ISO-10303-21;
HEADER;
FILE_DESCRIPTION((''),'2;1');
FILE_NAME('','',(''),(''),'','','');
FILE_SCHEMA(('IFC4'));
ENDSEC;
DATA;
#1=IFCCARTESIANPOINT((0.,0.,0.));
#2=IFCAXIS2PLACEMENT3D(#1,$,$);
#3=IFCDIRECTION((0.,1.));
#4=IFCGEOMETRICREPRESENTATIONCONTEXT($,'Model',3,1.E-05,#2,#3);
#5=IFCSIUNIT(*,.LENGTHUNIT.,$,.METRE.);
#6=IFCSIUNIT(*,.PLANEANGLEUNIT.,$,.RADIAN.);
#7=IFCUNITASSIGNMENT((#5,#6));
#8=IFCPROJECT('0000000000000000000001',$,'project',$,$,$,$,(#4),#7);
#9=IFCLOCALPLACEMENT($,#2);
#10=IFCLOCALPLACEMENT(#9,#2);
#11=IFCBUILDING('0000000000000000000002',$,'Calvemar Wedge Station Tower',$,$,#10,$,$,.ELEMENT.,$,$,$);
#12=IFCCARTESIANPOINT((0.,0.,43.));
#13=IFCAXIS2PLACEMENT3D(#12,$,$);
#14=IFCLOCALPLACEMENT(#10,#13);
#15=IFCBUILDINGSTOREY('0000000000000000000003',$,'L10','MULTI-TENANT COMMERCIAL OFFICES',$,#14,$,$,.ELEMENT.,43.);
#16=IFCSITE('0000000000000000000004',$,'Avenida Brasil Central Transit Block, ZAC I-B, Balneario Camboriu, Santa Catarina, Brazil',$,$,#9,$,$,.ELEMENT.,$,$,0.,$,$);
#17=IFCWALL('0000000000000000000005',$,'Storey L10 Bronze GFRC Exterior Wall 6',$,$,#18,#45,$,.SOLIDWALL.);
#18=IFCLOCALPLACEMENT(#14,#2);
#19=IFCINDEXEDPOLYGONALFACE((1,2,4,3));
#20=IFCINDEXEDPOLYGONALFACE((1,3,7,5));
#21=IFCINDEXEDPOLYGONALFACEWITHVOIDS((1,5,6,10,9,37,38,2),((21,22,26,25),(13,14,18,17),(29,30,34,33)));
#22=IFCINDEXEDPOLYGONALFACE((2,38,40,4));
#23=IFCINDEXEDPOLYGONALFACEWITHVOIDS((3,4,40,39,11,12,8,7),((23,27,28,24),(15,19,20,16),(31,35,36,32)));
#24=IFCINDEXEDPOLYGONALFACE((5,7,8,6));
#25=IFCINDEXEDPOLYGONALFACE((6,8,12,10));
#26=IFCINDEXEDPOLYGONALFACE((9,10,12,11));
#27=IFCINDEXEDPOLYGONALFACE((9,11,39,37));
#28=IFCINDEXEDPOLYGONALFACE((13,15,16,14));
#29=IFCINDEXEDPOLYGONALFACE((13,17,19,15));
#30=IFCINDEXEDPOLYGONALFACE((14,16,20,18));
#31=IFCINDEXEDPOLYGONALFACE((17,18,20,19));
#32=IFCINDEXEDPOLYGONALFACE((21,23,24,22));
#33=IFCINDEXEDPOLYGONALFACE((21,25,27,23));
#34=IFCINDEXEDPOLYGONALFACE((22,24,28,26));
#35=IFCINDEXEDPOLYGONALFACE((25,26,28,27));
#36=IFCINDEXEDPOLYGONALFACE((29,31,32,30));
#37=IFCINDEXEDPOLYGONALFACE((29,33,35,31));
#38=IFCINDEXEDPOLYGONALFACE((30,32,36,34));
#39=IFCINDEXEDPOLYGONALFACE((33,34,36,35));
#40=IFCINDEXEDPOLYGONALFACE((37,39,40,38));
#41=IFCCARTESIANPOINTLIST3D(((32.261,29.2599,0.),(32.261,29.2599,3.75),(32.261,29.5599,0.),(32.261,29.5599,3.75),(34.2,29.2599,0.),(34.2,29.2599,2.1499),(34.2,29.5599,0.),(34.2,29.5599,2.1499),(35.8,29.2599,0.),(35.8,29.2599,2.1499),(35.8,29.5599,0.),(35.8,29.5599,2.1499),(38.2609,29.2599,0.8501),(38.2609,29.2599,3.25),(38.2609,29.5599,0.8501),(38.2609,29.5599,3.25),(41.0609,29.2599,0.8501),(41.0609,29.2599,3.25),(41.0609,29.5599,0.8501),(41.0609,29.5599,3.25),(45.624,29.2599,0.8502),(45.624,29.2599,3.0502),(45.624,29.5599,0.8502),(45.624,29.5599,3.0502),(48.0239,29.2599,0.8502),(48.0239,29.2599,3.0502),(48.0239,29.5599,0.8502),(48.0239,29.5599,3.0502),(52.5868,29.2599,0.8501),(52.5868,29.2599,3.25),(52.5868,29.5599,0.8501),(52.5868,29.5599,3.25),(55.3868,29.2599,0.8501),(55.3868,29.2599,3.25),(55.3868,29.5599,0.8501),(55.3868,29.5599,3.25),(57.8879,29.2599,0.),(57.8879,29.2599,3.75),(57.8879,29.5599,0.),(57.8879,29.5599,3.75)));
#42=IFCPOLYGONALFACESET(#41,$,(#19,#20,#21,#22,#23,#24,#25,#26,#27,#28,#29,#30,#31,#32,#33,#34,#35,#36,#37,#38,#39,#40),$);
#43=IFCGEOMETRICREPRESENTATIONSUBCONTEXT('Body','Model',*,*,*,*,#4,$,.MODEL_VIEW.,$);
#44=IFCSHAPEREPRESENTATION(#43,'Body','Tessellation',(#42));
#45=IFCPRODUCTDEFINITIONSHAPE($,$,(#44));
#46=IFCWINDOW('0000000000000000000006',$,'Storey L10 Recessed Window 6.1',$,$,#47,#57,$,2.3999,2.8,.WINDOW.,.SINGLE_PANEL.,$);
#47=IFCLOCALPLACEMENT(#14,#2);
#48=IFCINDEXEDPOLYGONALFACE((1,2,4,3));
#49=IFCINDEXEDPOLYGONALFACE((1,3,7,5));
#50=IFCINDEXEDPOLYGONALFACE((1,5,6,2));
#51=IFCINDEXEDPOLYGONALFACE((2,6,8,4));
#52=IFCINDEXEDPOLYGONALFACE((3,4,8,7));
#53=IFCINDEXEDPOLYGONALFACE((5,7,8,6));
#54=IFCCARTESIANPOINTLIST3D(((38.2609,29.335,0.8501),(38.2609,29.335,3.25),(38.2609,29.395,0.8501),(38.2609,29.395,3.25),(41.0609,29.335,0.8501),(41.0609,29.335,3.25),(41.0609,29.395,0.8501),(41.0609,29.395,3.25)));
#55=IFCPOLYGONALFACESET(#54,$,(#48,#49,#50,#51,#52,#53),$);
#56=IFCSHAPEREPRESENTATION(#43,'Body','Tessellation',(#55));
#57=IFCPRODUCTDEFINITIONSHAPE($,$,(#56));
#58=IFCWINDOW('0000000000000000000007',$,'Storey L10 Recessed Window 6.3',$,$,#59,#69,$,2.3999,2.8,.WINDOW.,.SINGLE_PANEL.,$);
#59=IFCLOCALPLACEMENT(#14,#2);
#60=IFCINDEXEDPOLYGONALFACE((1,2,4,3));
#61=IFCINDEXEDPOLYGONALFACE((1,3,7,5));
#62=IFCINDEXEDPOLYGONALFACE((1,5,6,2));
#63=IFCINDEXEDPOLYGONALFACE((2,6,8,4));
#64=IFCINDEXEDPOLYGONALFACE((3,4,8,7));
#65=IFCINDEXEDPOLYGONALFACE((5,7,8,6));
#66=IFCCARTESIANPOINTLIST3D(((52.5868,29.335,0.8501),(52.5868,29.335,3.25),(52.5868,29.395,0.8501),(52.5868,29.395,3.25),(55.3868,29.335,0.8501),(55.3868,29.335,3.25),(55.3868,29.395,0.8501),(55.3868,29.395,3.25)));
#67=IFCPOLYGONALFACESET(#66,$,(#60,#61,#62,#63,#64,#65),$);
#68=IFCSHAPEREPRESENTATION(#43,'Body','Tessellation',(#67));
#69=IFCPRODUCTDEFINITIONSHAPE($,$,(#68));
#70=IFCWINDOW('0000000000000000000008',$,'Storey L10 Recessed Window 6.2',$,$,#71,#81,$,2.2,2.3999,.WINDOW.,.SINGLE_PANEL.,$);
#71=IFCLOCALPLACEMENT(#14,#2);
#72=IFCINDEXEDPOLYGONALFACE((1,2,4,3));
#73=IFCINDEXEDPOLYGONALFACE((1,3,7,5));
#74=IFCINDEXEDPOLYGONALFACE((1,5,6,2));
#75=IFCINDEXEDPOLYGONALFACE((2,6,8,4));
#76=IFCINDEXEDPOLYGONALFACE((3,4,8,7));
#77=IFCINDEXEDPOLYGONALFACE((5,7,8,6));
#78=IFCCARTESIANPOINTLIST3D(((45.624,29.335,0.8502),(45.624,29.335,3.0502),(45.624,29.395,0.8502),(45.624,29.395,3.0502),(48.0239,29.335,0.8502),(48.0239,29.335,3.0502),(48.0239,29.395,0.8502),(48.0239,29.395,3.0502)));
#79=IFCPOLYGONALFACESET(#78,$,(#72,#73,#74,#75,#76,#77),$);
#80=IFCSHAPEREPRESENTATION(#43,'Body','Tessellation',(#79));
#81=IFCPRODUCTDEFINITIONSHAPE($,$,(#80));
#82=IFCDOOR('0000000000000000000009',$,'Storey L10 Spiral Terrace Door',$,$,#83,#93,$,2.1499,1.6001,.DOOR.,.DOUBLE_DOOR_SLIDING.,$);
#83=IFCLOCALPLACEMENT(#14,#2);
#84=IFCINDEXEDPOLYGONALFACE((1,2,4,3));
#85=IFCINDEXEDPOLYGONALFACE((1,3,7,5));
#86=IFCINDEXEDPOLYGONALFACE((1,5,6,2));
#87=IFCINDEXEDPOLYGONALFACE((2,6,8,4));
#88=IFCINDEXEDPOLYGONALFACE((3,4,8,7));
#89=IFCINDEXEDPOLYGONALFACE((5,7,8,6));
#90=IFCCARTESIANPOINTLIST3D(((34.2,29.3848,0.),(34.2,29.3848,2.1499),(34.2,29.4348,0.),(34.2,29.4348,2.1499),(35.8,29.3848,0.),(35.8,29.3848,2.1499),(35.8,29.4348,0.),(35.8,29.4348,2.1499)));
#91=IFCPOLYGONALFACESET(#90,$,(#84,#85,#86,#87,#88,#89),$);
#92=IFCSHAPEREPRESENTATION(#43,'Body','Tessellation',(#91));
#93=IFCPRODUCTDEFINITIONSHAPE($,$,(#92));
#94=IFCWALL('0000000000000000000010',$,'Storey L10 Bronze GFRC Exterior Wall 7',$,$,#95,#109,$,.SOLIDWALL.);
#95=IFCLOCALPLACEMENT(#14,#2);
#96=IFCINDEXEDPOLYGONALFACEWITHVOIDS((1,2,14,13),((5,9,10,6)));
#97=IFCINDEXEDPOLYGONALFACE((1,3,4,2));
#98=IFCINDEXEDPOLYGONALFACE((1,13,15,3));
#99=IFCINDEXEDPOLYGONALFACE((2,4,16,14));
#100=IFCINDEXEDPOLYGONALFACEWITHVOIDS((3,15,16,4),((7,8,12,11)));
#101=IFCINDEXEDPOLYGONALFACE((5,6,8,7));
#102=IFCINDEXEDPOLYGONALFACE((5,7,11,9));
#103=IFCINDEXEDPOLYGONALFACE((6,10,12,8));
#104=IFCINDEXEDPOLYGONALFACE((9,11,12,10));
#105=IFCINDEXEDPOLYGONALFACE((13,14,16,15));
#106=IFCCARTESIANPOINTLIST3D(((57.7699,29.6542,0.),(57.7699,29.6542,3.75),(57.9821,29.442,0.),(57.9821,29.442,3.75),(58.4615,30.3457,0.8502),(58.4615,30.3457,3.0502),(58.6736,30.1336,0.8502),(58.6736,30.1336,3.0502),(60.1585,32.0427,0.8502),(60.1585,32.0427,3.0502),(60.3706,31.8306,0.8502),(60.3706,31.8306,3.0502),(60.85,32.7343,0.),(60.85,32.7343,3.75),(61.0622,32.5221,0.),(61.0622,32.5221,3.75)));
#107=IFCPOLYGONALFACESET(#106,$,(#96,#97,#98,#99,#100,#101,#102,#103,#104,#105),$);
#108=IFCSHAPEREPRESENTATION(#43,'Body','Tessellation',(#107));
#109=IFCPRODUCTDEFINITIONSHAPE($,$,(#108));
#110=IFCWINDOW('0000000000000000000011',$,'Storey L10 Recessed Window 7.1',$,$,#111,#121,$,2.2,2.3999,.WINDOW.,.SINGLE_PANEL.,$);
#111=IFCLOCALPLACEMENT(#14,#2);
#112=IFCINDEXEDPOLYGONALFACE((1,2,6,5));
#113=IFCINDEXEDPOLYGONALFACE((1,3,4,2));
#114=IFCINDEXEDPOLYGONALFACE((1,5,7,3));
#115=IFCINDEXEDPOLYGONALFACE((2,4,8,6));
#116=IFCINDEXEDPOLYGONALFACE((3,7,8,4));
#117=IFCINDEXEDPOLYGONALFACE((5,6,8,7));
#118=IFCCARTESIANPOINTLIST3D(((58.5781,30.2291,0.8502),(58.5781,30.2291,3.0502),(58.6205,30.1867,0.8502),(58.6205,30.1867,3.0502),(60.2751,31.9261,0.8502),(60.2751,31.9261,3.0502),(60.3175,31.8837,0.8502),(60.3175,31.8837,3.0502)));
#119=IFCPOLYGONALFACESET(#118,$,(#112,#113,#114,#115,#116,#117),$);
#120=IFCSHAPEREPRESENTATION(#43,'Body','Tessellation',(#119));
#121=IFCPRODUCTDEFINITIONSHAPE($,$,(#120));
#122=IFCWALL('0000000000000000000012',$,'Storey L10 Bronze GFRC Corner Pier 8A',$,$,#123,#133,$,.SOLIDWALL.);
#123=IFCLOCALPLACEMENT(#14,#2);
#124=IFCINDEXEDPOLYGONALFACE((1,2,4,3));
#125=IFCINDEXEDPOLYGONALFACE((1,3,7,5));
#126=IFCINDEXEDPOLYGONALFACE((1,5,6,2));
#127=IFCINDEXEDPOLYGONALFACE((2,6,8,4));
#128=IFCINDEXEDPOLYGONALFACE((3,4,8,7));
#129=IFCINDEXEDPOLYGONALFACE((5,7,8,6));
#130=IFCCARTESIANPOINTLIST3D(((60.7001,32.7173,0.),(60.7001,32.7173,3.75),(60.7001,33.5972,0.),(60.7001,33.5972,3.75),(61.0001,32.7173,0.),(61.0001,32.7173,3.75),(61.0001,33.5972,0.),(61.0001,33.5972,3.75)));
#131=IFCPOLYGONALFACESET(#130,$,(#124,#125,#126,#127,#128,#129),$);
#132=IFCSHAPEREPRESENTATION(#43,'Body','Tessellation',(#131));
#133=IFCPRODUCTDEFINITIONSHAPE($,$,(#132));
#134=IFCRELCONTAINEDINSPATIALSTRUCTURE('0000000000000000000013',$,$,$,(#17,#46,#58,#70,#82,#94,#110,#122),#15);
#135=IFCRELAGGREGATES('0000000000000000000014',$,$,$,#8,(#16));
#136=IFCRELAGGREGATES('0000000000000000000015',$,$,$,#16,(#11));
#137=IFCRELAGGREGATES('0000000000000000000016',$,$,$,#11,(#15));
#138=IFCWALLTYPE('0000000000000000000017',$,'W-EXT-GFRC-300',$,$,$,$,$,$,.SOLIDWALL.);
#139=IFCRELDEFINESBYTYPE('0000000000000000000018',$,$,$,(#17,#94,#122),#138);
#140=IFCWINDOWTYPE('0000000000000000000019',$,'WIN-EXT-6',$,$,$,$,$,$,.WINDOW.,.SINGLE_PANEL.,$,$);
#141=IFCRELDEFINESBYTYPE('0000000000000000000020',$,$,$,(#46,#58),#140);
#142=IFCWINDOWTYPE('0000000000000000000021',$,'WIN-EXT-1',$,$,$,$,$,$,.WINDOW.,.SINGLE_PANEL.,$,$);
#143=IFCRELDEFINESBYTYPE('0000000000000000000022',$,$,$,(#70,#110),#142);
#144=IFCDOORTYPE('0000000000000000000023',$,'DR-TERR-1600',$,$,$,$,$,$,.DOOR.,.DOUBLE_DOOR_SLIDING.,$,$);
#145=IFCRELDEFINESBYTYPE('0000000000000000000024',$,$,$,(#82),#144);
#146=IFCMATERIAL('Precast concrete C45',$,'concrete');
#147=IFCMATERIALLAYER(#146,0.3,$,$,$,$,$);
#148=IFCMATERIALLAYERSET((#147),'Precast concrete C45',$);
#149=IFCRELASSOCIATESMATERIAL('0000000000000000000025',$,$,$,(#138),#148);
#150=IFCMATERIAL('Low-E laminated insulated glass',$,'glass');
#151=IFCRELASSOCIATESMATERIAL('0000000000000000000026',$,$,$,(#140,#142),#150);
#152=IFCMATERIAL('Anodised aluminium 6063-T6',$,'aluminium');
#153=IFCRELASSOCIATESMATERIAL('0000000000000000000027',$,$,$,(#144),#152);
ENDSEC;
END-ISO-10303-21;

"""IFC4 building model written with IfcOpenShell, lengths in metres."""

from ifc_helpers import new_model, si_unit, direction, frame, frame_2d, origin, place, context, subcontext, project, spatial, rectangle, extrude, source, transform, mapped, material, layer, layer_set, type_object, element, fill, save


model = new_model("IFC4")

# Units and contexts
model_context = context("Model", 3, precision=1e-05, world=origin(), true_north=direction((0.0, 1.0)))
body_context = subcontext(model_context, "Body", "Model", "MODEL_VIEW")
ifc_project = project(units=[si_unit("LENGTHUNIT", "METRE"), si_unit("PLANEANGLEUNIT", "RADIAN")], contexts=[model_context])

# Site, building, storey
site_placement = place(None, origin())
site = spatial("IfcSite", under=ifc_project, at=site_placement, Name="Avenida Brasil Central Transit Block, ZAC I-B, Balneario Camboriu, Santa Catarina, Brazil", CompositionType="ELEMENT", RefElevation=0.0)
building_placement = place(site_placement, origin())
building = spatial("IfcBuilding", under=site, at=building_placement, Name="Calvemar Wedge Station Tower", CompositionType="ELEMENT")
storey_placement = place(building_placement, frame((0.0, 0.0, 43.0)))
storey = spatial("IfcBuildingStorey", under=building, at=storey_placement, Name="L10", Description="MULTI-TENANT COMMERCIAL OFFICES", CompositionType="ELEMENT", Elevation=43.0)

# Shared definitions
ifc_material_1 = material(Name="Anodised aluminium 6063-T6", Category="aluminium")

# Shared definitions
ifc_material_2 = material(Name="Low-E laminated insulated glass", Category="glass")

# Shared definitions
ifc_material_3 = material(Name="Precast concrete C45", Category="concrete")
ifc_layer_1 = layer(ifc_material_3, 0.3)
ifc_layer_set_1 = layer_set([ifc_layer_1], Name="Precast concrete C45")
wall_type_1 = type_object("IfcWallType", Name="W-EXT-GFRC-300", PredefinedType="SOLIDWALL", material=ifc_layer_set_1)

# Wall, openings, windows, door
wall_1_placement = place(storey_placement, frame((32.261, 29.4099, 0.0), z_axis=(0.0, 0.0, 1.0), x_axis=(1.0, 0.0, 0.0)))
wall_1 = element("IfcWall", 1, at=wall_1_placement, inside=storey, type_object=wall_type_1, Name="Storey L10 Bronze GFRC Exterior Wall 6", PredefinedType="SOLIDWALL", context=body_context, shape_type="SweptSolid", body=[
    extrude(rectangle(XDim=25.627, YDim=0.3, at=frame_2d((12.8135, 0.0))), origin(), (0.0, 0.0, 1.0), 3.75),
])
shared_shape_1 = source(origin(), body_context, "Body", "SweptSolid", [
    extrude(rectangle(XDim=1.6001, YDim=2.1499, at=frame_2d((0.8, 1.075))), frame((0.0, 0.1602, 0.0), z_axis=(0.0, -1.0, 0.0), x_axis=(1.0, 0.0, 0.0)), (0.0, 0.0, 1.0), 0.3201),
])
opening_1_placement = place(wall_1_placement, frame((1.939, 0.0, 0.0)))
opening_1 = element("IfcOpeningElement", 2, at=opening_1_placement, cuts=wall_1, PredefinedType="OPENING", context=body_context, shape_type="MappedRepresentation", body=[
    mapped(shared_shape_1, transform((0.0, 0.0, 0.0), scale=1.0)),
])
shared_shape_2 = source(origin(), body_context, "Body", "SweptSolid", [
    extrude(rectangle(XDim=2.8, YDim=2.3999, at=frame_2d((1.3999, 1.2))), frame((0.0, 0.1602, 0.0), z_axis=(0.0, -1.0, 0.0), x_axis=(1.0, 0.0, 0.0)), (0.0, 0.0, 1.0), 0.3201),
])
opening_2_placement = place(wall_1_placement, frame((6.0, 0.0, 0.8501)))
opening_2 = element("IfcOpeningElement", 3, at=opening_2_placement, cuts=wall_1, PredefinedType="OPENING", context=body_context, shape_type="MappedRepresentation", body=[
    mapped(shared_shape_2, transform((0.0, 0.0, 0.0), scale=1.0)),
])
shared_shape_3 = source(origin(), body_context, "Body", "SweptSolid", [
    extrude(rectangle(XDim=2.3999, YDim=2.2, at=frame_2d((1.2, 1.1001))), frame((0.0, 0.1602, 0.0), z_axis=(0.0, -1.0, 0.0), x_axis=(1.0, 0.0, 0.0)), (0.0, 0.0, 1.0), 0.3201),
])
opening_3_placement = place(wall_1_placement, frame((13.363, 0.0, 0.8501)))
opening_3 = element("IfcOpeningElement", 4, at=opening_3_placement, cuts=wall_1, PredefinedType="OPENING", context=body_context, shape_type="MappedRepresentation", body=[
    mapped(shared_shape_3, transform((0.0, 0.0, 0.0), scale=1.0)),
])
opening_4_placement = place(wall_1_placement, frame((20.3259, 0.0, 0.8501)))
opening_4 = element("IfcOpeningElement", 5, at=opening_4_placement, cuts=wall_1, PredefinedType="OPENING", context=body_context, shape_type="MappedRepresentation", body=[
    mapped(shared_shape_2, transform((0.0, 0.0, 0.0), scale=1.0)),
])
window_type_1 = type_object("IfcWindowType", Name="WIN-EXT-6", PartitioningType="SINGLE_PANEL", PredefinedType="WINDOW", material=ifc_material_2)
shared_shape_4 = source(origin(), body_context, "Body", "SweptSolid", [
    extrude(rectangle(XDim=2.8, YDim=2.3999, at=frame_2d((1.3999, 1.2))), frame((0.0, -0.0149, 0.0), z_axis=(0.0, -1.0, 0.0), x_axis=(1.0, 0.0, 0.0)), (0.0, 0.0, 1.0), 0.0601),
])
window_1_placement = place(opening_2_placement, origin())
window_1 = element("IfcWindow", 6, at=window_1_placement, inside=storey, type_object=window_type_1, Name="Storey L10 Recessed Window 6.1", OverallHeight=2.3999, OverallWidth=2.8, PartitioningType="SINGLE_PANEL", PredefinedType="WINDOW", context=body_context, shape_type="MappedRepresentation", body=[
    mapped(shared_shape_4, transform((0.0, 0.0, 0.0), scale=1.0)),
])
fill(opening_2, window_1)
window_2_placement = place(opening_4_placement, origin())
window_2 = element("IfcWindow", 7, at=window_2_placement, inside=storey, type_object=window_type_1, Name="Storey L10 Recessed Window 6.3", OverallHeight=2.3999, OverallWidth=2.8, PartitioningType="SINGLE_PANEL", PredefinedType="WINDOW", context=body_context, shape_type="MappedRepresentation", body=[
    mapped(shared_shape_4, transform((0.0, 0.0, 0.0), scale=1.0)),
])
fill(opening_4, window_2)
window_type_2 = type_object("IfcWindowType", Name="WIN-EXT-1", PartitioningType="SINGLE_PANEL", PredefinedType="WINDOW", material=ifc_material_2)
shared_shape_5 = source(origin(), body_context, "Body", "SweptSolid", [
    extrude(rectangle(XDim=2.3999, YDim=2.2, at=frame_2d((1.2, 1.1001))), frame((0.0, -0.0149, 0.0), z_axis=(0.0, -1.0, 0.0), x_axis=(1.0, 0.0, 0.0)), (0.0, 0.0, 1.0), 0.0601),
])
window_3_placement = place(opening_3_placement, origin())
window_3 = element("IfcWindow", 8, at=window_3_placement, inside=storey, type_object=window_type_2, Name="Storey L10 Recessed Window 6.2", OverallHeight=2.2, OverallWidth=2.3999, PartitioningType="SINGLE_PANEL", PredefinedType="WINDOW", context=body_context, shape_type="MappedRepresentation", body=[
    mapped(shared_shape_5, transform((0.0, 0.0, 0.0), scale=1.0)),
])
fill(opening_3, window_3)
door_type_1 = type_object("IfcDoorType", Name="DR-TERR-1600", OperationType="DOUBLE_DOOR_SLIDING", PredefinedType="DOOR", material=ifc_material_1)
shared_shape_6 = source(origin(), body_context, "Body", "SweptSolid", [
    extrude(rectangle(XDim=1.6001, YDim=2.1499, at=frame_2d((0.8, 1.075))), frame((0.0, 0.0249, 0.0), z_axis=(0.0, -1.0, 0.0), x_axis=(1.0, 0.0, 0.0)), (0.0, 0.0, 1.0), 0.05),
])
door_1_placement = place(opening_1_placement, origin())
door_1 = element("IfcDoor", 9, at=door_1_placement, inside=storey, type_object=door_type_1, Name="Storey L10 Spiral Terrace Door", OperationType="DOUBLE_DOOR_SLIDING", OverallHeight=2.1499, OverallWidth=1.6001, PredefinedType="DOOR", context=body_context, shape_type="MappedRepresentation", body=[
    mapped(shared_shape_6, transform((0.0, 0.0, 0.0), scale=1.0)),
])
fill(opening_1, door_1)

# Wall, opening, window
wall_2_placement = place(storey_placement, frame((57.876, 29.5481, 0.0), z_axis=(0.0, 0.0, 1.0), x_axis=(0.707107, 0.707107, 0.0)))
wall_2 = element("IfcWall", 10, at=wall_2_placement, inside=storey, type_object=wall_type_1, Name="Storey L10 Bronze GFRC Exterior Wall 7", PredefinedType="SOLIDWALL", context=body_context, shape_type="SweptSolid", body=[
    extrude(rectangle(XDim=4.356, YDim=0.3, at=frame_2d((2.178, 0.0))), origin(), (0.0, 0.0, 1.0), 3.75),
])
opening_5_placement = place(wall_2_placement, frame((0.978, 0.0, 0.8501)))
opening_5 = element("IfcOpeningElement", 11, at=opening_5_placement, cuts=wall_2, PredefinedType="OPENING", context=body_context, shape_type="MappedRepresentation", body=[
    mapped(shared_shape_3, transform((0.0, 0.0, 0.0), scale=1.0)),
])
window_4_placement = place(opening_5_placement, origin())
window_4 = element("IfcWindow", 12, at=window_4_placement, inside=storey, type_object=window_type_2, Name="Storey L10 Recessed Window 7.1", OverallHeight=2.2, OverallWidth=2.3999, PartitioningType="SINGLE_PANEL", PredefinedType="WINDOW", context=body_context, shape_type="MappedRepresentation", body=[
    mapped(shared_shape_5, transform((0.0, 0.0, 0.0), scale=1.0)),
])
fill(opening_5, window_4)

# Wall
wall_3_placement = place(storey_placement, frame((60.8501, 32.7173, 0.0), z_axis=(0.0, 0.0, 1.0), x_axis=(0.0, 1.0, 0.0)))
element("IfcWall", 13, at=wall_3_placement, inside=storey, type_object=wall_type_1, Name="Storey L10 Bronze GFRC Corner Pier 8A", PredefinedType="SOLIDWALL", context=body_context, shape_type="SweptSolid", body=[
    extrude(rectangle(XDim=0.8799, YDim=0.3, at=frame_2d((0.4399, 0.0))), origin(), (0.0, 0.0, 1.0), 3.75),
])

save(model, "model.ifc")
